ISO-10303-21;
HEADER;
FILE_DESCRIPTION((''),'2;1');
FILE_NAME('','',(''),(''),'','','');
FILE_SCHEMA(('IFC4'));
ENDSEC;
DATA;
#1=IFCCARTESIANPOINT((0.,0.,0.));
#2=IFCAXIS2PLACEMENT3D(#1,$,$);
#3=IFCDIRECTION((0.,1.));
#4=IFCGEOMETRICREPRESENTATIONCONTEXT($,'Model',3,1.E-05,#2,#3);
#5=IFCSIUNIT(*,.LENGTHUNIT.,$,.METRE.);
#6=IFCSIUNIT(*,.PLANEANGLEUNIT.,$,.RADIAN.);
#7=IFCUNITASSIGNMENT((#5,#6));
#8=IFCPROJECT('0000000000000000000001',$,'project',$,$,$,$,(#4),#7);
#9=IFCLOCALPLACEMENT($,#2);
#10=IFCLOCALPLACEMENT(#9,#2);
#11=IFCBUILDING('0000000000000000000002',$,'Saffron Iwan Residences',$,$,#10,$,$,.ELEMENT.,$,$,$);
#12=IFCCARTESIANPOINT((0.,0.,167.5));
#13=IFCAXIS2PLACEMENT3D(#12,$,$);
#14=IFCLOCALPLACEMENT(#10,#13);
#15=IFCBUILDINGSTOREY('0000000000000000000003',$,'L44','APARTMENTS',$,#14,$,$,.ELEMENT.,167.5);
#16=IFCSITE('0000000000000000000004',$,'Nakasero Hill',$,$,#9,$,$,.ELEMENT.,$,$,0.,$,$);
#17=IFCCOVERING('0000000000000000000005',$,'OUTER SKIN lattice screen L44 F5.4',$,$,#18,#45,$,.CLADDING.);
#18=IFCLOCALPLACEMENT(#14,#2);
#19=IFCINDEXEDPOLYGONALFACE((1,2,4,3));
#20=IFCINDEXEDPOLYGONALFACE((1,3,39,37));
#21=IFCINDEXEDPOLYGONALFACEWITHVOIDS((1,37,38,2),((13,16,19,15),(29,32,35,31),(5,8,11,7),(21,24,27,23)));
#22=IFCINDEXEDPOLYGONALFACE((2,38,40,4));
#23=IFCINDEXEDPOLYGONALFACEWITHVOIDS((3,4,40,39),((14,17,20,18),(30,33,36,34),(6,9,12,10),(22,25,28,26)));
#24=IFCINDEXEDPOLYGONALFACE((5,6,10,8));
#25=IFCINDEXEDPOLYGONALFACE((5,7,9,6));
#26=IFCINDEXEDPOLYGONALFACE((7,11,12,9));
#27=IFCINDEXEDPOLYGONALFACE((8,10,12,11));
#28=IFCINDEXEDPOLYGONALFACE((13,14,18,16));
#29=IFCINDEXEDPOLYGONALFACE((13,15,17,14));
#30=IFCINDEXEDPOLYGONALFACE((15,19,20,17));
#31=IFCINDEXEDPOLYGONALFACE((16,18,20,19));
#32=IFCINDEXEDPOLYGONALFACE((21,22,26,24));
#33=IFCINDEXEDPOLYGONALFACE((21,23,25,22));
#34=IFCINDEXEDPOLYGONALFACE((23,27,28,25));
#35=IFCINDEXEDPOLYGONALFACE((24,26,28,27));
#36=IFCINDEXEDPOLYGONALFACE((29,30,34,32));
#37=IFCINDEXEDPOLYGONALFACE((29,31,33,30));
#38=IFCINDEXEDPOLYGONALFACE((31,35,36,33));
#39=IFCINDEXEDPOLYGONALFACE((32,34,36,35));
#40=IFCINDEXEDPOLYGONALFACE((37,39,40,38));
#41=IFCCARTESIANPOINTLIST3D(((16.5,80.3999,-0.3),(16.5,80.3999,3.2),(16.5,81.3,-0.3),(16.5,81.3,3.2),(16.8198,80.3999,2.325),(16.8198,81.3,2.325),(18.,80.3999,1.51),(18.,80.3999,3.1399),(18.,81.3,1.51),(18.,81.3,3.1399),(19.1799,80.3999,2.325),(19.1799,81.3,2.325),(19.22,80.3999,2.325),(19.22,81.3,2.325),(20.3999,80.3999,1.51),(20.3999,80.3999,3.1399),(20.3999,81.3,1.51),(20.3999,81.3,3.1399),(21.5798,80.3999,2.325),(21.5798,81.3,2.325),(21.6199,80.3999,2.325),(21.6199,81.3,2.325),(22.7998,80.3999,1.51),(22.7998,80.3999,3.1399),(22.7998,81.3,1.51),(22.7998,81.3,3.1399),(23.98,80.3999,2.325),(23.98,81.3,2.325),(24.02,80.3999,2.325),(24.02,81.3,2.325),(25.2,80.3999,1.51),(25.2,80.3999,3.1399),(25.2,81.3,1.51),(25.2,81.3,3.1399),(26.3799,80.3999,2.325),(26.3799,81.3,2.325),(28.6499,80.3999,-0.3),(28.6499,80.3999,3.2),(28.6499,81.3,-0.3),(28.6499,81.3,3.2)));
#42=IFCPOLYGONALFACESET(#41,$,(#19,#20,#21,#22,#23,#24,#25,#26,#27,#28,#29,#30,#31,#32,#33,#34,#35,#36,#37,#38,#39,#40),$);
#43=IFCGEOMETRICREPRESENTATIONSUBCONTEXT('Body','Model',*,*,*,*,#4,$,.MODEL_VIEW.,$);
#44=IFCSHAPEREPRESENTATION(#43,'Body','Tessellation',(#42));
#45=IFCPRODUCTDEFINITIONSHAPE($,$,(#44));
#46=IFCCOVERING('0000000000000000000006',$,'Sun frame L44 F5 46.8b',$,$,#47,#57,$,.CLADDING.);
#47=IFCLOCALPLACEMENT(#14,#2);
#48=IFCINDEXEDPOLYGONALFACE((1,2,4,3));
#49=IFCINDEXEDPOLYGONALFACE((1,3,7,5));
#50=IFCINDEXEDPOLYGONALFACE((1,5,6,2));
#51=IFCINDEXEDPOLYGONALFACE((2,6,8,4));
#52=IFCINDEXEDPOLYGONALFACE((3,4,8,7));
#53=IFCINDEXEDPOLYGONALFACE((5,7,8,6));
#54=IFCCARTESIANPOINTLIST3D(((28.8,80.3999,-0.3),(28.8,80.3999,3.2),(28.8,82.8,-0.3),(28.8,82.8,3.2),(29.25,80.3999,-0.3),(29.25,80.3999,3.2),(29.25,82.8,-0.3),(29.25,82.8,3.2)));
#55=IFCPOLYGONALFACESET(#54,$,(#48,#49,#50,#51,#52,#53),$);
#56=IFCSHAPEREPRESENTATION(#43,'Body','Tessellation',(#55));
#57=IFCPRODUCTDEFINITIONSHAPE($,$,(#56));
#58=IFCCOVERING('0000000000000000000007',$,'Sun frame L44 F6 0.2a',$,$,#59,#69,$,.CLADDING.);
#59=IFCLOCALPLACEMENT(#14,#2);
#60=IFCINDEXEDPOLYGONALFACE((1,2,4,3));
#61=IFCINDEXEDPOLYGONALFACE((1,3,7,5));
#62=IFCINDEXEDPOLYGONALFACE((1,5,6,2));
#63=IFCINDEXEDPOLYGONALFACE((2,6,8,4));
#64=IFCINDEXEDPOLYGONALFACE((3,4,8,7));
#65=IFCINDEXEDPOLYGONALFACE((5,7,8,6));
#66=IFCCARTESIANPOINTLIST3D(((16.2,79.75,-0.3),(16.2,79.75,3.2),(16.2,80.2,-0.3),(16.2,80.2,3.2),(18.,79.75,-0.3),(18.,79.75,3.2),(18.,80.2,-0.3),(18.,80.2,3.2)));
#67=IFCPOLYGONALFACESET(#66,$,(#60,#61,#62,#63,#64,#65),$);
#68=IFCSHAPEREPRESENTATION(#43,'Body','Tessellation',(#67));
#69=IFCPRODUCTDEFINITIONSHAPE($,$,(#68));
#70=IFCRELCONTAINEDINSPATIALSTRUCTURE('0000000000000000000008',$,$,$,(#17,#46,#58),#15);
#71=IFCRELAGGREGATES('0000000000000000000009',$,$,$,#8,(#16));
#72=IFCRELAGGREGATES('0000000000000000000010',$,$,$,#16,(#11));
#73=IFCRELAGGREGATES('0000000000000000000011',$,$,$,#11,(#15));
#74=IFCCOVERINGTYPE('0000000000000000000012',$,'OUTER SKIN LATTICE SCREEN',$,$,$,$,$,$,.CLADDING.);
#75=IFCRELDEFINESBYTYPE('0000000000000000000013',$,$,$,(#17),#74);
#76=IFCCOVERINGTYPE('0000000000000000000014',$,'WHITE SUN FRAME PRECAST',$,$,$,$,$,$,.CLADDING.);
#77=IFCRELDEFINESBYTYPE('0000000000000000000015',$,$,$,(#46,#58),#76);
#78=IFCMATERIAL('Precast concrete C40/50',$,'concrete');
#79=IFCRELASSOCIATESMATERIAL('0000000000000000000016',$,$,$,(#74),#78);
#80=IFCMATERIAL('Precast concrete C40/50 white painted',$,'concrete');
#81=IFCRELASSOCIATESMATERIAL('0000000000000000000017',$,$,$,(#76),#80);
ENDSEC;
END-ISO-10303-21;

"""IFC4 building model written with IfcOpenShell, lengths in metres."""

from ifc_helpers import new_model, si_unit, direction, frame, origin, place, context, subcontext, project, spatial, polyline, outline, extrude, material, type_object, element, save


model = new_model("IFC4")

# Units and contexts
model_context = context("Model", 3, precision=1e-05, world=origin(), true_north=direction((0.0, 1.0)))
body_context = subcontext(model_context, "Body", "Model", "MODEL_VIEW")
ifc_project = project(units=[si_unit("LENGTHUNIT", "METRE"), si_unit("PLANEANGLEUNIT", "RADIAN")], contexts=[model_context])

# Site, building, storey
site_placement = place(None, origin())
site = spatial("IfcSite", under=ifc_project, at=site_placement, Name="Nakasero Hill", CompositionType="ELEMENT", RefElevation=0.0)
building_placement = place(site_placement, origin())
building = spatial("IfcBuilding", under=site, at=building_placement, Name="Saffron Iwan Residences", CompositionType="ELEMENT")
storey_placement = place(building_placement, frame((0.0, 0.0, 167.5)))
storey = spatial("IfcBuildingStorey", under=building, at=storey_placement, Name="L44", Description="APARTMENTS", CompositionType="ELEMENT", Elevation=167.5)

# Coverings
ifc_material_1 = material(Name="Precast concrete C40/50", Category="concrete")
covering_type_1 = type_object("IfcCoveringType", Name="OUTER SKIN LATTICE SCREEN", PredefinedType="CLADDING", material=ifc_material_1)
covering_1_placement = place(storey_placement, frame((28.6499, 80.3999, -0.3), z_axis=(0.0, 1.0, 0.0), x_axis=(-1.0, 0.0, 0.0)))
element("IfcCovering", 1, at=covering_1_placement, inside=storey, type_object=covering_type_1, Name="OUTER SKIN lattice screen L44 F5.4", PredefinedType="CLADDING", context=body_context, shape_type="SweptSolid", body=[
    extrude(outline(polyline([(0.0, 0.0), (12.1499, 0.0), (12.1499, 3.5), (0.0, 3.5), (0.0, 0.0)]), holes=[polyline([(2.27, 2.625), (3.45, 1.8101), (4.6299, 2.625), (3.45, 3.4399), (2.27, 2.625)]), polyline([(4.6699, 2.625), (5.8501, 1.8101), (7.03, 2.625), (5.8501, 3.4399), (4.6699, 2.625)]), polyline([(7.0701, 2.625), (8.25, 1.8101), (9.4299, 2.625), (8.25, 3.4399), (7.0701, 2.625)]), polyline([(9.47, 2.625), (10.6499, 1.8101), (11.8301, 2.625), (10.6499, 3.4399), (9.47, 2.625)])]), origin(), (0.0, 0.0, 1.0), 0.9001),
])
ifc_material_2 = material(Name="Precast concrete C40/50 white painted", Category="concrete")
covering_type_2 = type_object("IfcCoveringType", Name="WHITE SUN FRAME PRECAST", PredefinedType="CLADDING", material=ifc_material_2)
covering_2_placement = place(storey_placement, frame((29.25, 80.3999, -0.3), z_axis=(0.0, 1.0, 0.0), x_axis=(-1.0, 0.0, 0.0)))
element("IfcCovering", 2, at=covering_2_placement, inside=storey, type_object=covering_type_2, Name="Sun frame L44 F5 46.8b", PredefinedType="CLADDING", context=body_context, shape_type="SweptSolid", body=[
    extrude(outline(polyline([(0.0, 0.0), (0.45, 0.0), (0.45, 3.5), (0.0, 3.5), (0.0, 0.0)])), origin(), (0.0, 0.0, 1.0), 2.4001),
])
covering_3_placement = place(storey_placement, frame((18.0, 80.2, -0.3), z_axis=(-1.0, 0.0, 0.0), x_axis=(0.0, -1.0, 0.0)))
element("IfcCovering", 3, at=covering_3_placement, inside=storey, type_object=covering_type_2, Name="Sun frame L44 F6 0.2a", PredefinedType="CLADDING", context=body_context, shape_type="SweptSolid", body=[
    extrude(outline(polyline([(0.0, 0.0), (0.45, 0.0), (0.45, 3.5), (0.0, 3.5), (0.0, 0.0)])), origin(), (0.0, 0.0, 1.0), 1.8),
])

save(model, "model.ifc")
